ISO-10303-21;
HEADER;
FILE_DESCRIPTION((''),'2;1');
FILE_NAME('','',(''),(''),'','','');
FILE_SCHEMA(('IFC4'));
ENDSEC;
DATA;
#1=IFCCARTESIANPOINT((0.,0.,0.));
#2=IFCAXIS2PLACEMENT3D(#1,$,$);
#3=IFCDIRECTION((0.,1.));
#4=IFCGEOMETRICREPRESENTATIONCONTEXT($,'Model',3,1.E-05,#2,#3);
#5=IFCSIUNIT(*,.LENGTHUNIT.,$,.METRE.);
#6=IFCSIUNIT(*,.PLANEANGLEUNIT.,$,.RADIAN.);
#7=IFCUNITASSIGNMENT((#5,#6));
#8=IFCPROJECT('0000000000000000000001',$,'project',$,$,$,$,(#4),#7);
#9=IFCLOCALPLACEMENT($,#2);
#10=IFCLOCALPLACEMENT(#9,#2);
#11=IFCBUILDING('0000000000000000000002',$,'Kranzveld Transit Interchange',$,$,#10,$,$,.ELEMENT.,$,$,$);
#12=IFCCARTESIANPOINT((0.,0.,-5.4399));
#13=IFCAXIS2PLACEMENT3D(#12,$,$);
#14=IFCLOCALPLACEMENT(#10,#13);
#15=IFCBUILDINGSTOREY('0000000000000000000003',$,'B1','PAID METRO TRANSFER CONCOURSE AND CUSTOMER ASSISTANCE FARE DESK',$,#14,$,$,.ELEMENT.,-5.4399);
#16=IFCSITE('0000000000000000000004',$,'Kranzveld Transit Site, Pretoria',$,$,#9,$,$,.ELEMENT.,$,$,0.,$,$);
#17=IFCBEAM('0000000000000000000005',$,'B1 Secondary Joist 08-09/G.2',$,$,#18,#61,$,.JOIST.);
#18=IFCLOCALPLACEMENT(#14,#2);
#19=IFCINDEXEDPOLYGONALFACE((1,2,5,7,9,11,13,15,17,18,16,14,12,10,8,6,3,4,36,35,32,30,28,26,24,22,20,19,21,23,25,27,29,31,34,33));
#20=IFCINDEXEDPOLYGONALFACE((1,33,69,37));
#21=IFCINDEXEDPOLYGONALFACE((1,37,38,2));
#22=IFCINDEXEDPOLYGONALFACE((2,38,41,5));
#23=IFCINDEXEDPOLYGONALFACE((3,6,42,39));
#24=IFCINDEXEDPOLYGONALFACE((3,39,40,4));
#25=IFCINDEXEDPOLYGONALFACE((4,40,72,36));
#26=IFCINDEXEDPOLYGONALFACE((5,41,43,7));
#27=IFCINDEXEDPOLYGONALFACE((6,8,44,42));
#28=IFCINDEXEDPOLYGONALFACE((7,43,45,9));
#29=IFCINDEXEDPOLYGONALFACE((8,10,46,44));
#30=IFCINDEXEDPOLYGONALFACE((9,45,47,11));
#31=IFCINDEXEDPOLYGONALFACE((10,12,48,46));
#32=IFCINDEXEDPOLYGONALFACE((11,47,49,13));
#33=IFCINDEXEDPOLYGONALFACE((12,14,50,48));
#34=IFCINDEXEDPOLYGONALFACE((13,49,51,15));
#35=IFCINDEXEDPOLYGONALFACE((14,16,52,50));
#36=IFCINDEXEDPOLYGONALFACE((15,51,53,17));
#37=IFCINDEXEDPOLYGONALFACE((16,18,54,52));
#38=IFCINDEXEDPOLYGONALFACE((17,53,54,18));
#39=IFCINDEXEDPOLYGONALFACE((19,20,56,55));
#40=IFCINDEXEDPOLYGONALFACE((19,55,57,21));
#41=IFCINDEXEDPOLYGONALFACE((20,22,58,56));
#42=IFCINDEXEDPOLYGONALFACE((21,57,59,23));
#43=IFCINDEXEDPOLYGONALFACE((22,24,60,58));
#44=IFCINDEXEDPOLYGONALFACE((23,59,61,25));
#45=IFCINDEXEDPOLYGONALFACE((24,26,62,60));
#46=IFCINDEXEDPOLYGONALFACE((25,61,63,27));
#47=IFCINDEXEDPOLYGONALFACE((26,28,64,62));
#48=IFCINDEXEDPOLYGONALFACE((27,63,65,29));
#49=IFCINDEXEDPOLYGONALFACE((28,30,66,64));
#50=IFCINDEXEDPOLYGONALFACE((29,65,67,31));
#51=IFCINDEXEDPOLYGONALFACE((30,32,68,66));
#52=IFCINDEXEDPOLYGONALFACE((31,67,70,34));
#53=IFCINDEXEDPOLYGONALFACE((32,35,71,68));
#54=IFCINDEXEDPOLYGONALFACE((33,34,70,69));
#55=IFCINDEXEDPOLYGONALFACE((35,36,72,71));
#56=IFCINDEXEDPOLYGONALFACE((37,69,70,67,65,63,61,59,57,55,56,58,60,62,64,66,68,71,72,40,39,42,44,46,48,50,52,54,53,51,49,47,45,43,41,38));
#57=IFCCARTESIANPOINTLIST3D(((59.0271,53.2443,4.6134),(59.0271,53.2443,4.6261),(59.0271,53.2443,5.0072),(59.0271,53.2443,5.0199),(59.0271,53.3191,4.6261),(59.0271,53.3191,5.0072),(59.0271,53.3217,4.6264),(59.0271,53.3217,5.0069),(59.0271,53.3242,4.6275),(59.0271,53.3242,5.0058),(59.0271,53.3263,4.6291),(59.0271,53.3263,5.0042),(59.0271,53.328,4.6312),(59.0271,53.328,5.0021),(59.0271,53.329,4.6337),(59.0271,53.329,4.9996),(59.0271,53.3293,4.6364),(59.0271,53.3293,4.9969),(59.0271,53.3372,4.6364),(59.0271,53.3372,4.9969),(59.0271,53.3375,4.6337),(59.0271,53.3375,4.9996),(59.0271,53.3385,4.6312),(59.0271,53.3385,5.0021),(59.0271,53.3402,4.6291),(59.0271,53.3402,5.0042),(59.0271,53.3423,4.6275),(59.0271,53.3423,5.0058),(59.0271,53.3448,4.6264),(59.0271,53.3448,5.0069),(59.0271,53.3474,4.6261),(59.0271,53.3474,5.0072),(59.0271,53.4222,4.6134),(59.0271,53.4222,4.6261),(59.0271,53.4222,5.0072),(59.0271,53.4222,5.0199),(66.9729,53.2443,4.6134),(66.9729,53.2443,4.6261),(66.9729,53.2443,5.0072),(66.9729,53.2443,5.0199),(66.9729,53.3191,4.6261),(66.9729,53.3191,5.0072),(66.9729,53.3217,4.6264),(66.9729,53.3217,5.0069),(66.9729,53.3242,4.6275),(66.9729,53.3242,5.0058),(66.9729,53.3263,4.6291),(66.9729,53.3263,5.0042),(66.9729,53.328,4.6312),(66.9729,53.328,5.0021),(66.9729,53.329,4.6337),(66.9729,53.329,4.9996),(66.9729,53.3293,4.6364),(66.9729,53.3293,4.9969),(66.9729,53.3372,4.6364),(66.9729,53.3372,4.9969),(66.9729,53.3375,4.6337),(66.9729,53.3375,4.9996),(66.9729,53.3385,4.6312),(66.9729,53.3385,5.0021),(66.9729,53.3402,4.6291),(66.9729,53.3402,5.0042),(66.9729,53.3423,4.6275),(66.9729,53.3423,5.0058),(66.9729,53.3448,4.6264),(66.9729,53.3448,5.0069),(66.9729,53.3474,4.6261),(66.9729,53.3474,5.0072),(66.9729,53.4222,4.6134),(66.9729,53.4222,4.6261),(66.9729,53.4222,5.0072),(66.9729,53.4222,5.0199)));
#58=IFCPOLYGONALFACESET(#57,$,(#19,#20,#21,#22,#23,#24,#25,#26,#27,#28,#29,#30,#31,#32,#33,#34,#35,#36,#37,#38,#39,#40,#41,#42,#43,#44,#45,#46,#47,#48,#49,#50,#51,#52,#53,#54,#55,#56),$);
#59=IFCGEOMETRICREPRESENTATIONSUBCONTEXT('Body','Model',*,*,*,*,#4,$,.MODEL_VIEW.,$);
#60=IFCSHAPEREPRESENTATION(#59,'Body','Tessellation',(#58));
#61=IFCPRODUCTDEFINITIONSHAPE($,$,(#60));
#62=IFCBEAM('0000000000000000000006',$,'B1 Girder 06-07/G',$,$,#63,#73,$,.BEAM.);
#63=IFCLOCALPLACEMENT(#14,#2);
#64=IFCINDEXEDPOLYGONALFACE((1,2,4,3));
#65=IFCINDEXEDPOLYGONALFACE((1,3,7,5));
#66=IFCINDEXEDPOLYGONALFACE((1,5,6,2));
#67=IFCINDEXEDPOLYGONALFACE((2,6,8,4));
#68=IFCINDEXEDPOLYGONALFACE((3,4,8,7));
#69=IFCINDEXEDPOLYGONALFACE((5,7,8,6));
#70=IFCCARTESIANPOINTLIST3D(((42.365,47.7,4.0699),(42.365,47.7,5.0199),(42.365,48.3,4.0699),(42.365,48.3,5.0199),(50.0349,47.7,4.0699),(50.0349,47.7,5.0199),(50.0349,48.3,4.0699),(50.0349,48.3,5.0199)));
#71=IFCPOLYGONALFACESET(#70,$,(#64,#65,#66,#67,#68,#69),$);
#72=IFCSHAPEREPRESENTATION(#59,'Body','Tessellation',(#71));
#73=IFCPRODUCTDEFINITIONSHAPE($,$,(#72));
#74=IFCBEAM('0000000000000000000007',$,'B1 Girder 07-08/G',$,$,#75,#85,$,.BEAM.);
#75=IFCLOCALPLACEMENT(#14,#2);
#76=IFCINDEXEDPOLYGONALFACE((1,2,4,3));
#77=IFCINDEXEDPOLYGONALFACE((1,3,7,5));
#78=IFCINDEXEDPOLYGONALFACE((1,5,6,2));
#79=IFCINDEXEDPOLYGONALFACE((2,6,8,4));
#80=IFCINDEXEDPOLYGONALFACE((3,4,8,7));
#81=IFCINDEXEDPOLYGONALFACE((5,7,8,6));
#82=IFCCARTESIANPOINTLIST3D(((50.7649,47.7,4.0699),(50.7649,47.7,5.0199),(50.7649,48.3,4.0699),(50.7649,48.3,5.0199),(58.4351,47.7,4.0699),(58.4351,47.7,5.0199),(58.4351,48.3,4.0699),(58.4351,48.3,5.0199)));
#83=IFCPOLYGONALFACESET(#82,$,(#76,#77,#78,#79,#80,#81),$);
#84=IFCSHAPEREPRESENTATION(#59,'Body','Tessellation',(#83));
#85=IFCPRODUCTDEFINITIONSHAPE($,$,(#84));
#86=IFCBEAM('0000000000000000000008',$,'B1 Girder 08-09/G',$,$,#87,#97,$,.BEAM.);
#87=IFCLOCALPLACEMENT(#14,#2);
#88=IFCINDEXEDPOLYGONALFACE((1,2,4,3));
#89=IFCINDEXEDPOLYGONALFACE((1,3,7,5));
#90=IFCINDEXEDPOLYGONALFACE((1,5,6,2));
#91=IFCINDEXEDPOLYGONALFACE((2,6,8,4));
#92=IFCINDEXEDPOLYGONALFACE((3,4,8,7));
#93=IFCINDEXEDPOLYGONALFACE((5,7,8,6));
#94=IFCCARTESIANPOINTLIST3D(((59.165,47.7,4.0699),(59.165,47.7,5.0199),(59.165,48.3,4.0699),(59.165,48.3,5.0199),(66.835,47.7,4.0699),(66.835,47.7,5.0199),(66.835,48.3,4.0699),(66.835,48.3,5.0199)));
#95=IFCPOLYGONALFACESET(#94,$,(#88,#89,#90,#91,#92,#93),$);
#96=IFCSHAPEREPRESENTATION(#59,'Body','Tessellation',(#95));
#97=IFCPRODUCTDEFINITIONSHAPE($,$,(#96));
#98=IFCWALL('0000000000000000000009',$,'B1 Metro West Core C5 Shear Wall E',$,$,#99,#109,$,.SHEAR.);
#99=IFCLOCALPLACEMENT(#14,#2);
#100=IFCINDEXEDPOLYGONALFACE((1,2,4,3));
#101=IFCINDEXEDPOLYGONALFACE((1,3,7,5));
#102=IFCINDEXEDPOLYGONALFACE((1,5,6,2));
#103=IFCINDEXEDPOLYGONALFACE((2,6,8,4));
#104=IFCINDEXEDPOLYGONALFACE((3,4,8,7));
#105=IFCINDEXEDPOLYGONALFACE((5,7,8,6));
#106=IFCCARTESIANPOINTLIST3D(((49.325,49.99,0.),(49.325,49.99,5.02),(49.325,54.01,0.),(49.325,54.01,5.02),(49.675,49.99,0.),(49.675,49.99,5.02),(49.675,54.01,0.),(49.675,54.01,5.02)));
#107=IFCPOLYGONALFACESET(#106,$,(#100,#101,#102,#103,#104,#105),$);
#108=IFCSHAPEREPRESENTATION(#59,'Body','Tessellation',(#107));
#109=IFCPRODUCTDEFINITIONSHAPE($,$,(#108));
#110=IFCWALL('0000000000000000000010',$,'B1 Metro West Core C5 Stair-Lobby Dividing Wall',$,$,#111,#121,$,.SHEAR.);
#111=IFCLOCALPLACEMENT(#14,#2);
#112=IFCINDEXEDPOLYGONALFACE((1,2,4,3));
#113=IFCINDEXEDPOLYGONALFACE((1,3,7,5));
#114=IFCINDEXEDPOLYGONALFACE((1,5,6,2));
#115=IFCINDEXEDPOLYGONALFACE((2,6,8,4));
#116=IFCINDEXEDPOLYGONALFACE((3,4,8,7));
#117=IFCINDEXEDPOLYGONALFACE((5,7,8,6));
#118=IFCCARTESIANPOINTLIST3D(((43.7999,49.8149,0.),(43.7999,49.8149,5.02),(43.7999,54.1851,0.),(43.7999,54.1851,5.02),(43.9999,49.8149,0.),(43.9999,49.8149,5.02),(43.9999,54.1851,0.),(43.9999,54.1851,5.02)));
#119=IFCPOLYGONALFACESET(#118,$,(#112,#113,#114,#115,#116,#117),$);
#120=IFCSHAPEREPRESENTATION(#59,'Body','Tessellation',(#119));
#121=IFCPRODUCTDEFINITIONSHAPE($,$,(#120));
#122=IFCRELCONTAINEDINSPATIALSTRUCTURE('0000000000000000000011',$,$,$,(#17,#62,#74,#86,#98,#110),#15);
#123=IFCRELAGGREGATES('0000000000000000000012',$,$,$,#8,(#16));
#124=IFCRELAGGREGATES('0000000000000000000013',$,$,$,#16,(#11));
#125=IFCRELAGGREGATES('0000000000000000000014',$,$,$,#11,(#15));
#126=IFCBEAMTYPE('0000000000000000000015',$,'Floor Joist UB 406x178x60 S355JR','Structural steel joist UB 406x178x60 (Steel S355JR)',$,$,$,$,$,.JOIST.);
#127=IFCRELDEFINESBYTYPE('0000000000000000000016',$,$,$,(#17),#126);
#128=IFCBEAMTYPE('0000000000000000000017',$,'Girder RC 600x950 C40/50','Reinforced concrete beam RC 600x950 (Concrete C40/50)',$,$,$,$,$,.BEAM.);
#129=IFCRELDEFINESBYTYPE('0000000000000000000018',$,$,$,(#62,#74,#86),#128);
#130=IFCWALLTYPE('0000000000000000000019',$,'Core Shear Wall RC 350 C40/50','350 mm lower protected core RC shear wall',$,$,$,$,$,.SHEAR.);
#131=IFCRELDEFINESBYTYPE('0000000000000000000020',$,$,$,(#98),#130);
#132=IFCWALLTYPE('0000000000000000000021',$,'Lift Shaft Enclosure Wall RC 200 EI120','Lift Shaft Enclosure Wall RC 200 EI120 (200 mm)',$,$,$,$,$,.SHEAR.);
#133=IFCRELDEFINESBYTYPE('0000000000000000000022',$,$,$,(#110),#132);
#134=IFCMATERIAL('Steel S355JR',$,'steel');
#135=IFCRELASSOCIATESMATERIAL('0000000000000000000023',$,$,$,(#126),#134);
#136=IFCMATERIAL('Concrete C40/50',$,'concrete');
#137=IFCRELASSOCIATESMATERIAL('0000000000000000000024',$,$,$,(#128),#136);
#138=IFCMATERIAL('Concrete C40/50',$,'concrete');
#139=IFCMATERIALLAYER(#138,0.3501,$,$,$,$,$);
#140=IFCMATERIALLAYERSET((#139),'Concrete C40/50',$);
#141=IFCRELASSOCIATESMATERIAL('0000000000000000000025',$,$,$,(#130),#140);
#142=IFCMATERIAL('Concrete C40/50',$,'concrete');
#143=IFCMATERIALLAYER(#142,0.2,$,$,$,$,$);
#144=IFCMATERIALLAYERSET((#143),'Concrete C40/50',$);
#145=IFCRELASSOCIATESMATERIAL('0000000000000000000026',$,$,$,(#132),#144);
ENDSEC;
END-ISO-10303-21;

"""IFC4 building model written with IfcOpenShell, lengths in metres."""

from ifc_helpers import new_model, si_unit, direction, frame, frame_2d, origin, origin_2d, place, context, subcontext, project, spatial, rectangle, i_section, extrude, material, layer, layer_set, material_profile, profile_set, type_object, element, save


model = new_model("IFC4")

# Units and contexts
model_context = context("Model", 3, precision=1e-05, world=origin(), true_north=direction((0.0, 1.0)))
body_context = subcontext(model_context, "Body", "Model", "MODEL_VIEW")
ifc_project = project(units=[si_unit("LENGTHUNIT", "METRE"), si_unit("PLANEANGLEUNIT", "RADIAN")], contexts=[model_context])

# Site, building, storey
site_placement = place(None, origin())
site = spatial("IfcSite", under=ifc_project, at=site_placement, Name="Kranzveld Transit Site, Pretoria", CompositionType="ELEMENT", RefElevation=0.0)
building_placement = place(site_placement, origin())
building = spatial("IfcBuilding", under=site, at=building_placement, Name="Kranzveld Transit Interchange", CompositionType="ELEMENT")
storey_placement = place(building_placement, frame((0.0, 0.0, -5.4399)))
storey = spatial("IfcBuildingStorey", under=building, at=storey_placement, Name="B1", Description="PAID METRO TRANSFER CONCOURSE AND CUSTOMER ASSISTANCE FARE DESK", CompositionType="ELEMENT", Elevation=-5.4399)

# Beams
ifc_material_1 = material(Name="Steel S355JR", Category="steel")
ifc_material_profile_1 = material_profile(ifc_material_1, i_section(OverallWidth=0.178, OverallDepth=0.4065, WebThickness=0.0078, FlangeThickness=0.0127, FilletRadius=0.0103, at=origin_2d()), Name="UB 406x178x60")
ifc_profile_set_1 = profile_set([ifc_material_profile_1], Name="Steel S355JR")
beam_type_1 = type_object("IfcBeamType", Name="Floor Joist UB 406x178x60 S355JR", Description="Structural steel joist UB 406x178x60 (Steel S355JR)", PredefinedType="JOIST", material=ifc_profile_set_1)
for number, where, z_axis, x_axis, name in (
    (1, (59.0271, 53.3333, 4.8167), (1.0, 0.0, 0.0), (0.0, 1.0, 0.0), "B1 Secondary Joist 08-09/G.2"),
):
    element("IfcBeam", number, at=place(storey_placement, frame(where, z_axis=z_axis, x_axis=x_axis)), inside=storey, type_object=beam_type_1, Name=name, PredefinedType="JOIST", context=body_context, shape_type="SweptSolid", body=[
        extrude(i_section(OverallWidth=0.178, OverallDepth=0.4065, WebThickness=0.0078, FlangeThickness=0.0127, FilletRadius=0.0103, at=origin_2d()), origin(), (0.0, 0.0, 1.0), 7.9458),
    ])
ifc_material_2 = material(Name="Concrete C40/50", Category="concrete")
ifc_material_profile_2 = material_profile(ifc_material_2, rectangle(XDim=0.6001, YDim=0.95, at=origin_2d()), Name="RC 600x950")
ifc_profile_set_2 = profile_set([ifc_material_profile_2], Name="Concrete C40/50")
beam_type_2 = type_object("IfcBeamType", Name="Girder RC 600x950 C40/50", Description="Reinforced concrete beam RC 600x950 (Concrete C40/50)", PredefinedType="BEAM", material=ifc_profile_set_2)
beam_1_placement = place(storey_placement, frame((42.365, 48.0, 4.5449), z_axis=(1.0, 0.0, 0.0), x_axis=(0.0, 1.0, 0.0)))
element("IfcBeam", 2, at=beam_1_placement, inside=storey, type_object=beam_type_2, Name="B1 Girder 06-07/G", PredefinedType="BEAM", context=body_context, shape_type="SweptSolid", body=[
    extrude(rectangle(XDim=0.6001, YDim=0.95, at=origin_2d()), origin(), (0.0, 0.0, 1.0), 7.6699),
])
beam_2_placement = place(storey_placement, frame((50.7649, 48.0, 4.5449), z_axis=(1.0, 0.0, 0.0), x_axis=(0.0, 1.0, 0.0)))
element("IfcBeam", 3, at=beam_2_placement, inside=storey, type_object=beam_type_2, Name="B1 Girder 07-08/G", PredefinedType="BEAM", context=body_context, shape_type="SweptSolid", body=[
    extrude(rectangle(XDim=0.6001, YDim=0.95, at=origin_2d()), origin(), (0.0, 0.0, 1.0), 7.6702),
])
beam_3_placement = place(storey_placement, frame((59.165, 48.0, 4.5449), z_axis=(1.0, 0.0, 0.0), x_axis=(0.0, 1.0, 0.0)))
element("IfcBeam", 4, at=beam_3_placement, inside=storey, type_object=beam_type_2, Name="B1 Girder 08-09/G", PredefinedType="BEAM", context=body_context, shape_type="SweptSolid", body=[
    extrude(rectangle(XDim=0.6001, YDim=0.95, at=origin_2d()), origin(), (0.0, 0.0, 1.0), 7.6699),
])

# Walls
ifc_material_3 = material(Name="Concrete C40/50", Category="concrete")
ifc_layer_1 = layer(ifc_material_3, 0.3501)
ifc_layer_set_1 = layer_set([ifc_layer_1], Name="Concrete C40/50")
wall_type_1 = type_object("IfcWallType", Name="Core Shear Wall RC 350 C40/50", Description="350 mm lower protected core RC shear wall", PredefinedType="SHEAR", material=ifc_layer_set_1)
wall_1_placement = place(storey_placement, frame((49.5, 49.99, 0.0), z_axis=(0.0, 0.0, 1.0), x_axis=(0.0, 1.0, 0.0)))
element("IfcWall", 5, at=wall_1_placement, inside=storey, type_object=wall_type_1, Name="B1 Metro West Core C5 Shear Wall E", PredefinedType="SHEAR", context=body_context, shape_type="SweptSolid", body=[
    extrude(rectangle(XDim=4.02, YDim=0.3501, at=frame_2d((2.01, 0.0))), origin(), (0.0, 0.0, 1.0), 5.02),
])
ifc_material_4 = material(Name="Concrete C40/50", Category="concrete")
ifc_layer_2 = layer(ifc_material_4, 0.2)
ifc_layer_set_2 = layer_set([ifc_layer_2], Name="Concrete C40/50")
wall_type_2 = type_object("IfcWallType", Name="Lift Shaft Enclosure Wall RC 200 EI120", Description="Lift Shaft Enclosure Wall RC 200 EI120 (200 mm)", PredefinedType="SHEAR", material=ifc_layer_set_2)
wall_2_placement = place(storey_placement, frame((43.8999, 49.8149, 0.0), z_axis=(0.0, 0.0, 1.0), x_axis=(0.0, 1.0, 0.0)))
element("IfcWall", 6, at=wall_2_placement, inside=storey, type_object=wall_type_2, Name="B1 Metro West Core C5 Stair-Lobby Dividing Wall", PredefinedType="SHEAR", context=body_context, shape_type="SweptSolid", body=[
    extrude(rectangle(XDim=4.3701, YDim=0.2, at=frame_2d((2.1851, 0.0))), origin(), (0.0, 0.0, 1.0), 5.02),
])

save(model, "model.ifc")
